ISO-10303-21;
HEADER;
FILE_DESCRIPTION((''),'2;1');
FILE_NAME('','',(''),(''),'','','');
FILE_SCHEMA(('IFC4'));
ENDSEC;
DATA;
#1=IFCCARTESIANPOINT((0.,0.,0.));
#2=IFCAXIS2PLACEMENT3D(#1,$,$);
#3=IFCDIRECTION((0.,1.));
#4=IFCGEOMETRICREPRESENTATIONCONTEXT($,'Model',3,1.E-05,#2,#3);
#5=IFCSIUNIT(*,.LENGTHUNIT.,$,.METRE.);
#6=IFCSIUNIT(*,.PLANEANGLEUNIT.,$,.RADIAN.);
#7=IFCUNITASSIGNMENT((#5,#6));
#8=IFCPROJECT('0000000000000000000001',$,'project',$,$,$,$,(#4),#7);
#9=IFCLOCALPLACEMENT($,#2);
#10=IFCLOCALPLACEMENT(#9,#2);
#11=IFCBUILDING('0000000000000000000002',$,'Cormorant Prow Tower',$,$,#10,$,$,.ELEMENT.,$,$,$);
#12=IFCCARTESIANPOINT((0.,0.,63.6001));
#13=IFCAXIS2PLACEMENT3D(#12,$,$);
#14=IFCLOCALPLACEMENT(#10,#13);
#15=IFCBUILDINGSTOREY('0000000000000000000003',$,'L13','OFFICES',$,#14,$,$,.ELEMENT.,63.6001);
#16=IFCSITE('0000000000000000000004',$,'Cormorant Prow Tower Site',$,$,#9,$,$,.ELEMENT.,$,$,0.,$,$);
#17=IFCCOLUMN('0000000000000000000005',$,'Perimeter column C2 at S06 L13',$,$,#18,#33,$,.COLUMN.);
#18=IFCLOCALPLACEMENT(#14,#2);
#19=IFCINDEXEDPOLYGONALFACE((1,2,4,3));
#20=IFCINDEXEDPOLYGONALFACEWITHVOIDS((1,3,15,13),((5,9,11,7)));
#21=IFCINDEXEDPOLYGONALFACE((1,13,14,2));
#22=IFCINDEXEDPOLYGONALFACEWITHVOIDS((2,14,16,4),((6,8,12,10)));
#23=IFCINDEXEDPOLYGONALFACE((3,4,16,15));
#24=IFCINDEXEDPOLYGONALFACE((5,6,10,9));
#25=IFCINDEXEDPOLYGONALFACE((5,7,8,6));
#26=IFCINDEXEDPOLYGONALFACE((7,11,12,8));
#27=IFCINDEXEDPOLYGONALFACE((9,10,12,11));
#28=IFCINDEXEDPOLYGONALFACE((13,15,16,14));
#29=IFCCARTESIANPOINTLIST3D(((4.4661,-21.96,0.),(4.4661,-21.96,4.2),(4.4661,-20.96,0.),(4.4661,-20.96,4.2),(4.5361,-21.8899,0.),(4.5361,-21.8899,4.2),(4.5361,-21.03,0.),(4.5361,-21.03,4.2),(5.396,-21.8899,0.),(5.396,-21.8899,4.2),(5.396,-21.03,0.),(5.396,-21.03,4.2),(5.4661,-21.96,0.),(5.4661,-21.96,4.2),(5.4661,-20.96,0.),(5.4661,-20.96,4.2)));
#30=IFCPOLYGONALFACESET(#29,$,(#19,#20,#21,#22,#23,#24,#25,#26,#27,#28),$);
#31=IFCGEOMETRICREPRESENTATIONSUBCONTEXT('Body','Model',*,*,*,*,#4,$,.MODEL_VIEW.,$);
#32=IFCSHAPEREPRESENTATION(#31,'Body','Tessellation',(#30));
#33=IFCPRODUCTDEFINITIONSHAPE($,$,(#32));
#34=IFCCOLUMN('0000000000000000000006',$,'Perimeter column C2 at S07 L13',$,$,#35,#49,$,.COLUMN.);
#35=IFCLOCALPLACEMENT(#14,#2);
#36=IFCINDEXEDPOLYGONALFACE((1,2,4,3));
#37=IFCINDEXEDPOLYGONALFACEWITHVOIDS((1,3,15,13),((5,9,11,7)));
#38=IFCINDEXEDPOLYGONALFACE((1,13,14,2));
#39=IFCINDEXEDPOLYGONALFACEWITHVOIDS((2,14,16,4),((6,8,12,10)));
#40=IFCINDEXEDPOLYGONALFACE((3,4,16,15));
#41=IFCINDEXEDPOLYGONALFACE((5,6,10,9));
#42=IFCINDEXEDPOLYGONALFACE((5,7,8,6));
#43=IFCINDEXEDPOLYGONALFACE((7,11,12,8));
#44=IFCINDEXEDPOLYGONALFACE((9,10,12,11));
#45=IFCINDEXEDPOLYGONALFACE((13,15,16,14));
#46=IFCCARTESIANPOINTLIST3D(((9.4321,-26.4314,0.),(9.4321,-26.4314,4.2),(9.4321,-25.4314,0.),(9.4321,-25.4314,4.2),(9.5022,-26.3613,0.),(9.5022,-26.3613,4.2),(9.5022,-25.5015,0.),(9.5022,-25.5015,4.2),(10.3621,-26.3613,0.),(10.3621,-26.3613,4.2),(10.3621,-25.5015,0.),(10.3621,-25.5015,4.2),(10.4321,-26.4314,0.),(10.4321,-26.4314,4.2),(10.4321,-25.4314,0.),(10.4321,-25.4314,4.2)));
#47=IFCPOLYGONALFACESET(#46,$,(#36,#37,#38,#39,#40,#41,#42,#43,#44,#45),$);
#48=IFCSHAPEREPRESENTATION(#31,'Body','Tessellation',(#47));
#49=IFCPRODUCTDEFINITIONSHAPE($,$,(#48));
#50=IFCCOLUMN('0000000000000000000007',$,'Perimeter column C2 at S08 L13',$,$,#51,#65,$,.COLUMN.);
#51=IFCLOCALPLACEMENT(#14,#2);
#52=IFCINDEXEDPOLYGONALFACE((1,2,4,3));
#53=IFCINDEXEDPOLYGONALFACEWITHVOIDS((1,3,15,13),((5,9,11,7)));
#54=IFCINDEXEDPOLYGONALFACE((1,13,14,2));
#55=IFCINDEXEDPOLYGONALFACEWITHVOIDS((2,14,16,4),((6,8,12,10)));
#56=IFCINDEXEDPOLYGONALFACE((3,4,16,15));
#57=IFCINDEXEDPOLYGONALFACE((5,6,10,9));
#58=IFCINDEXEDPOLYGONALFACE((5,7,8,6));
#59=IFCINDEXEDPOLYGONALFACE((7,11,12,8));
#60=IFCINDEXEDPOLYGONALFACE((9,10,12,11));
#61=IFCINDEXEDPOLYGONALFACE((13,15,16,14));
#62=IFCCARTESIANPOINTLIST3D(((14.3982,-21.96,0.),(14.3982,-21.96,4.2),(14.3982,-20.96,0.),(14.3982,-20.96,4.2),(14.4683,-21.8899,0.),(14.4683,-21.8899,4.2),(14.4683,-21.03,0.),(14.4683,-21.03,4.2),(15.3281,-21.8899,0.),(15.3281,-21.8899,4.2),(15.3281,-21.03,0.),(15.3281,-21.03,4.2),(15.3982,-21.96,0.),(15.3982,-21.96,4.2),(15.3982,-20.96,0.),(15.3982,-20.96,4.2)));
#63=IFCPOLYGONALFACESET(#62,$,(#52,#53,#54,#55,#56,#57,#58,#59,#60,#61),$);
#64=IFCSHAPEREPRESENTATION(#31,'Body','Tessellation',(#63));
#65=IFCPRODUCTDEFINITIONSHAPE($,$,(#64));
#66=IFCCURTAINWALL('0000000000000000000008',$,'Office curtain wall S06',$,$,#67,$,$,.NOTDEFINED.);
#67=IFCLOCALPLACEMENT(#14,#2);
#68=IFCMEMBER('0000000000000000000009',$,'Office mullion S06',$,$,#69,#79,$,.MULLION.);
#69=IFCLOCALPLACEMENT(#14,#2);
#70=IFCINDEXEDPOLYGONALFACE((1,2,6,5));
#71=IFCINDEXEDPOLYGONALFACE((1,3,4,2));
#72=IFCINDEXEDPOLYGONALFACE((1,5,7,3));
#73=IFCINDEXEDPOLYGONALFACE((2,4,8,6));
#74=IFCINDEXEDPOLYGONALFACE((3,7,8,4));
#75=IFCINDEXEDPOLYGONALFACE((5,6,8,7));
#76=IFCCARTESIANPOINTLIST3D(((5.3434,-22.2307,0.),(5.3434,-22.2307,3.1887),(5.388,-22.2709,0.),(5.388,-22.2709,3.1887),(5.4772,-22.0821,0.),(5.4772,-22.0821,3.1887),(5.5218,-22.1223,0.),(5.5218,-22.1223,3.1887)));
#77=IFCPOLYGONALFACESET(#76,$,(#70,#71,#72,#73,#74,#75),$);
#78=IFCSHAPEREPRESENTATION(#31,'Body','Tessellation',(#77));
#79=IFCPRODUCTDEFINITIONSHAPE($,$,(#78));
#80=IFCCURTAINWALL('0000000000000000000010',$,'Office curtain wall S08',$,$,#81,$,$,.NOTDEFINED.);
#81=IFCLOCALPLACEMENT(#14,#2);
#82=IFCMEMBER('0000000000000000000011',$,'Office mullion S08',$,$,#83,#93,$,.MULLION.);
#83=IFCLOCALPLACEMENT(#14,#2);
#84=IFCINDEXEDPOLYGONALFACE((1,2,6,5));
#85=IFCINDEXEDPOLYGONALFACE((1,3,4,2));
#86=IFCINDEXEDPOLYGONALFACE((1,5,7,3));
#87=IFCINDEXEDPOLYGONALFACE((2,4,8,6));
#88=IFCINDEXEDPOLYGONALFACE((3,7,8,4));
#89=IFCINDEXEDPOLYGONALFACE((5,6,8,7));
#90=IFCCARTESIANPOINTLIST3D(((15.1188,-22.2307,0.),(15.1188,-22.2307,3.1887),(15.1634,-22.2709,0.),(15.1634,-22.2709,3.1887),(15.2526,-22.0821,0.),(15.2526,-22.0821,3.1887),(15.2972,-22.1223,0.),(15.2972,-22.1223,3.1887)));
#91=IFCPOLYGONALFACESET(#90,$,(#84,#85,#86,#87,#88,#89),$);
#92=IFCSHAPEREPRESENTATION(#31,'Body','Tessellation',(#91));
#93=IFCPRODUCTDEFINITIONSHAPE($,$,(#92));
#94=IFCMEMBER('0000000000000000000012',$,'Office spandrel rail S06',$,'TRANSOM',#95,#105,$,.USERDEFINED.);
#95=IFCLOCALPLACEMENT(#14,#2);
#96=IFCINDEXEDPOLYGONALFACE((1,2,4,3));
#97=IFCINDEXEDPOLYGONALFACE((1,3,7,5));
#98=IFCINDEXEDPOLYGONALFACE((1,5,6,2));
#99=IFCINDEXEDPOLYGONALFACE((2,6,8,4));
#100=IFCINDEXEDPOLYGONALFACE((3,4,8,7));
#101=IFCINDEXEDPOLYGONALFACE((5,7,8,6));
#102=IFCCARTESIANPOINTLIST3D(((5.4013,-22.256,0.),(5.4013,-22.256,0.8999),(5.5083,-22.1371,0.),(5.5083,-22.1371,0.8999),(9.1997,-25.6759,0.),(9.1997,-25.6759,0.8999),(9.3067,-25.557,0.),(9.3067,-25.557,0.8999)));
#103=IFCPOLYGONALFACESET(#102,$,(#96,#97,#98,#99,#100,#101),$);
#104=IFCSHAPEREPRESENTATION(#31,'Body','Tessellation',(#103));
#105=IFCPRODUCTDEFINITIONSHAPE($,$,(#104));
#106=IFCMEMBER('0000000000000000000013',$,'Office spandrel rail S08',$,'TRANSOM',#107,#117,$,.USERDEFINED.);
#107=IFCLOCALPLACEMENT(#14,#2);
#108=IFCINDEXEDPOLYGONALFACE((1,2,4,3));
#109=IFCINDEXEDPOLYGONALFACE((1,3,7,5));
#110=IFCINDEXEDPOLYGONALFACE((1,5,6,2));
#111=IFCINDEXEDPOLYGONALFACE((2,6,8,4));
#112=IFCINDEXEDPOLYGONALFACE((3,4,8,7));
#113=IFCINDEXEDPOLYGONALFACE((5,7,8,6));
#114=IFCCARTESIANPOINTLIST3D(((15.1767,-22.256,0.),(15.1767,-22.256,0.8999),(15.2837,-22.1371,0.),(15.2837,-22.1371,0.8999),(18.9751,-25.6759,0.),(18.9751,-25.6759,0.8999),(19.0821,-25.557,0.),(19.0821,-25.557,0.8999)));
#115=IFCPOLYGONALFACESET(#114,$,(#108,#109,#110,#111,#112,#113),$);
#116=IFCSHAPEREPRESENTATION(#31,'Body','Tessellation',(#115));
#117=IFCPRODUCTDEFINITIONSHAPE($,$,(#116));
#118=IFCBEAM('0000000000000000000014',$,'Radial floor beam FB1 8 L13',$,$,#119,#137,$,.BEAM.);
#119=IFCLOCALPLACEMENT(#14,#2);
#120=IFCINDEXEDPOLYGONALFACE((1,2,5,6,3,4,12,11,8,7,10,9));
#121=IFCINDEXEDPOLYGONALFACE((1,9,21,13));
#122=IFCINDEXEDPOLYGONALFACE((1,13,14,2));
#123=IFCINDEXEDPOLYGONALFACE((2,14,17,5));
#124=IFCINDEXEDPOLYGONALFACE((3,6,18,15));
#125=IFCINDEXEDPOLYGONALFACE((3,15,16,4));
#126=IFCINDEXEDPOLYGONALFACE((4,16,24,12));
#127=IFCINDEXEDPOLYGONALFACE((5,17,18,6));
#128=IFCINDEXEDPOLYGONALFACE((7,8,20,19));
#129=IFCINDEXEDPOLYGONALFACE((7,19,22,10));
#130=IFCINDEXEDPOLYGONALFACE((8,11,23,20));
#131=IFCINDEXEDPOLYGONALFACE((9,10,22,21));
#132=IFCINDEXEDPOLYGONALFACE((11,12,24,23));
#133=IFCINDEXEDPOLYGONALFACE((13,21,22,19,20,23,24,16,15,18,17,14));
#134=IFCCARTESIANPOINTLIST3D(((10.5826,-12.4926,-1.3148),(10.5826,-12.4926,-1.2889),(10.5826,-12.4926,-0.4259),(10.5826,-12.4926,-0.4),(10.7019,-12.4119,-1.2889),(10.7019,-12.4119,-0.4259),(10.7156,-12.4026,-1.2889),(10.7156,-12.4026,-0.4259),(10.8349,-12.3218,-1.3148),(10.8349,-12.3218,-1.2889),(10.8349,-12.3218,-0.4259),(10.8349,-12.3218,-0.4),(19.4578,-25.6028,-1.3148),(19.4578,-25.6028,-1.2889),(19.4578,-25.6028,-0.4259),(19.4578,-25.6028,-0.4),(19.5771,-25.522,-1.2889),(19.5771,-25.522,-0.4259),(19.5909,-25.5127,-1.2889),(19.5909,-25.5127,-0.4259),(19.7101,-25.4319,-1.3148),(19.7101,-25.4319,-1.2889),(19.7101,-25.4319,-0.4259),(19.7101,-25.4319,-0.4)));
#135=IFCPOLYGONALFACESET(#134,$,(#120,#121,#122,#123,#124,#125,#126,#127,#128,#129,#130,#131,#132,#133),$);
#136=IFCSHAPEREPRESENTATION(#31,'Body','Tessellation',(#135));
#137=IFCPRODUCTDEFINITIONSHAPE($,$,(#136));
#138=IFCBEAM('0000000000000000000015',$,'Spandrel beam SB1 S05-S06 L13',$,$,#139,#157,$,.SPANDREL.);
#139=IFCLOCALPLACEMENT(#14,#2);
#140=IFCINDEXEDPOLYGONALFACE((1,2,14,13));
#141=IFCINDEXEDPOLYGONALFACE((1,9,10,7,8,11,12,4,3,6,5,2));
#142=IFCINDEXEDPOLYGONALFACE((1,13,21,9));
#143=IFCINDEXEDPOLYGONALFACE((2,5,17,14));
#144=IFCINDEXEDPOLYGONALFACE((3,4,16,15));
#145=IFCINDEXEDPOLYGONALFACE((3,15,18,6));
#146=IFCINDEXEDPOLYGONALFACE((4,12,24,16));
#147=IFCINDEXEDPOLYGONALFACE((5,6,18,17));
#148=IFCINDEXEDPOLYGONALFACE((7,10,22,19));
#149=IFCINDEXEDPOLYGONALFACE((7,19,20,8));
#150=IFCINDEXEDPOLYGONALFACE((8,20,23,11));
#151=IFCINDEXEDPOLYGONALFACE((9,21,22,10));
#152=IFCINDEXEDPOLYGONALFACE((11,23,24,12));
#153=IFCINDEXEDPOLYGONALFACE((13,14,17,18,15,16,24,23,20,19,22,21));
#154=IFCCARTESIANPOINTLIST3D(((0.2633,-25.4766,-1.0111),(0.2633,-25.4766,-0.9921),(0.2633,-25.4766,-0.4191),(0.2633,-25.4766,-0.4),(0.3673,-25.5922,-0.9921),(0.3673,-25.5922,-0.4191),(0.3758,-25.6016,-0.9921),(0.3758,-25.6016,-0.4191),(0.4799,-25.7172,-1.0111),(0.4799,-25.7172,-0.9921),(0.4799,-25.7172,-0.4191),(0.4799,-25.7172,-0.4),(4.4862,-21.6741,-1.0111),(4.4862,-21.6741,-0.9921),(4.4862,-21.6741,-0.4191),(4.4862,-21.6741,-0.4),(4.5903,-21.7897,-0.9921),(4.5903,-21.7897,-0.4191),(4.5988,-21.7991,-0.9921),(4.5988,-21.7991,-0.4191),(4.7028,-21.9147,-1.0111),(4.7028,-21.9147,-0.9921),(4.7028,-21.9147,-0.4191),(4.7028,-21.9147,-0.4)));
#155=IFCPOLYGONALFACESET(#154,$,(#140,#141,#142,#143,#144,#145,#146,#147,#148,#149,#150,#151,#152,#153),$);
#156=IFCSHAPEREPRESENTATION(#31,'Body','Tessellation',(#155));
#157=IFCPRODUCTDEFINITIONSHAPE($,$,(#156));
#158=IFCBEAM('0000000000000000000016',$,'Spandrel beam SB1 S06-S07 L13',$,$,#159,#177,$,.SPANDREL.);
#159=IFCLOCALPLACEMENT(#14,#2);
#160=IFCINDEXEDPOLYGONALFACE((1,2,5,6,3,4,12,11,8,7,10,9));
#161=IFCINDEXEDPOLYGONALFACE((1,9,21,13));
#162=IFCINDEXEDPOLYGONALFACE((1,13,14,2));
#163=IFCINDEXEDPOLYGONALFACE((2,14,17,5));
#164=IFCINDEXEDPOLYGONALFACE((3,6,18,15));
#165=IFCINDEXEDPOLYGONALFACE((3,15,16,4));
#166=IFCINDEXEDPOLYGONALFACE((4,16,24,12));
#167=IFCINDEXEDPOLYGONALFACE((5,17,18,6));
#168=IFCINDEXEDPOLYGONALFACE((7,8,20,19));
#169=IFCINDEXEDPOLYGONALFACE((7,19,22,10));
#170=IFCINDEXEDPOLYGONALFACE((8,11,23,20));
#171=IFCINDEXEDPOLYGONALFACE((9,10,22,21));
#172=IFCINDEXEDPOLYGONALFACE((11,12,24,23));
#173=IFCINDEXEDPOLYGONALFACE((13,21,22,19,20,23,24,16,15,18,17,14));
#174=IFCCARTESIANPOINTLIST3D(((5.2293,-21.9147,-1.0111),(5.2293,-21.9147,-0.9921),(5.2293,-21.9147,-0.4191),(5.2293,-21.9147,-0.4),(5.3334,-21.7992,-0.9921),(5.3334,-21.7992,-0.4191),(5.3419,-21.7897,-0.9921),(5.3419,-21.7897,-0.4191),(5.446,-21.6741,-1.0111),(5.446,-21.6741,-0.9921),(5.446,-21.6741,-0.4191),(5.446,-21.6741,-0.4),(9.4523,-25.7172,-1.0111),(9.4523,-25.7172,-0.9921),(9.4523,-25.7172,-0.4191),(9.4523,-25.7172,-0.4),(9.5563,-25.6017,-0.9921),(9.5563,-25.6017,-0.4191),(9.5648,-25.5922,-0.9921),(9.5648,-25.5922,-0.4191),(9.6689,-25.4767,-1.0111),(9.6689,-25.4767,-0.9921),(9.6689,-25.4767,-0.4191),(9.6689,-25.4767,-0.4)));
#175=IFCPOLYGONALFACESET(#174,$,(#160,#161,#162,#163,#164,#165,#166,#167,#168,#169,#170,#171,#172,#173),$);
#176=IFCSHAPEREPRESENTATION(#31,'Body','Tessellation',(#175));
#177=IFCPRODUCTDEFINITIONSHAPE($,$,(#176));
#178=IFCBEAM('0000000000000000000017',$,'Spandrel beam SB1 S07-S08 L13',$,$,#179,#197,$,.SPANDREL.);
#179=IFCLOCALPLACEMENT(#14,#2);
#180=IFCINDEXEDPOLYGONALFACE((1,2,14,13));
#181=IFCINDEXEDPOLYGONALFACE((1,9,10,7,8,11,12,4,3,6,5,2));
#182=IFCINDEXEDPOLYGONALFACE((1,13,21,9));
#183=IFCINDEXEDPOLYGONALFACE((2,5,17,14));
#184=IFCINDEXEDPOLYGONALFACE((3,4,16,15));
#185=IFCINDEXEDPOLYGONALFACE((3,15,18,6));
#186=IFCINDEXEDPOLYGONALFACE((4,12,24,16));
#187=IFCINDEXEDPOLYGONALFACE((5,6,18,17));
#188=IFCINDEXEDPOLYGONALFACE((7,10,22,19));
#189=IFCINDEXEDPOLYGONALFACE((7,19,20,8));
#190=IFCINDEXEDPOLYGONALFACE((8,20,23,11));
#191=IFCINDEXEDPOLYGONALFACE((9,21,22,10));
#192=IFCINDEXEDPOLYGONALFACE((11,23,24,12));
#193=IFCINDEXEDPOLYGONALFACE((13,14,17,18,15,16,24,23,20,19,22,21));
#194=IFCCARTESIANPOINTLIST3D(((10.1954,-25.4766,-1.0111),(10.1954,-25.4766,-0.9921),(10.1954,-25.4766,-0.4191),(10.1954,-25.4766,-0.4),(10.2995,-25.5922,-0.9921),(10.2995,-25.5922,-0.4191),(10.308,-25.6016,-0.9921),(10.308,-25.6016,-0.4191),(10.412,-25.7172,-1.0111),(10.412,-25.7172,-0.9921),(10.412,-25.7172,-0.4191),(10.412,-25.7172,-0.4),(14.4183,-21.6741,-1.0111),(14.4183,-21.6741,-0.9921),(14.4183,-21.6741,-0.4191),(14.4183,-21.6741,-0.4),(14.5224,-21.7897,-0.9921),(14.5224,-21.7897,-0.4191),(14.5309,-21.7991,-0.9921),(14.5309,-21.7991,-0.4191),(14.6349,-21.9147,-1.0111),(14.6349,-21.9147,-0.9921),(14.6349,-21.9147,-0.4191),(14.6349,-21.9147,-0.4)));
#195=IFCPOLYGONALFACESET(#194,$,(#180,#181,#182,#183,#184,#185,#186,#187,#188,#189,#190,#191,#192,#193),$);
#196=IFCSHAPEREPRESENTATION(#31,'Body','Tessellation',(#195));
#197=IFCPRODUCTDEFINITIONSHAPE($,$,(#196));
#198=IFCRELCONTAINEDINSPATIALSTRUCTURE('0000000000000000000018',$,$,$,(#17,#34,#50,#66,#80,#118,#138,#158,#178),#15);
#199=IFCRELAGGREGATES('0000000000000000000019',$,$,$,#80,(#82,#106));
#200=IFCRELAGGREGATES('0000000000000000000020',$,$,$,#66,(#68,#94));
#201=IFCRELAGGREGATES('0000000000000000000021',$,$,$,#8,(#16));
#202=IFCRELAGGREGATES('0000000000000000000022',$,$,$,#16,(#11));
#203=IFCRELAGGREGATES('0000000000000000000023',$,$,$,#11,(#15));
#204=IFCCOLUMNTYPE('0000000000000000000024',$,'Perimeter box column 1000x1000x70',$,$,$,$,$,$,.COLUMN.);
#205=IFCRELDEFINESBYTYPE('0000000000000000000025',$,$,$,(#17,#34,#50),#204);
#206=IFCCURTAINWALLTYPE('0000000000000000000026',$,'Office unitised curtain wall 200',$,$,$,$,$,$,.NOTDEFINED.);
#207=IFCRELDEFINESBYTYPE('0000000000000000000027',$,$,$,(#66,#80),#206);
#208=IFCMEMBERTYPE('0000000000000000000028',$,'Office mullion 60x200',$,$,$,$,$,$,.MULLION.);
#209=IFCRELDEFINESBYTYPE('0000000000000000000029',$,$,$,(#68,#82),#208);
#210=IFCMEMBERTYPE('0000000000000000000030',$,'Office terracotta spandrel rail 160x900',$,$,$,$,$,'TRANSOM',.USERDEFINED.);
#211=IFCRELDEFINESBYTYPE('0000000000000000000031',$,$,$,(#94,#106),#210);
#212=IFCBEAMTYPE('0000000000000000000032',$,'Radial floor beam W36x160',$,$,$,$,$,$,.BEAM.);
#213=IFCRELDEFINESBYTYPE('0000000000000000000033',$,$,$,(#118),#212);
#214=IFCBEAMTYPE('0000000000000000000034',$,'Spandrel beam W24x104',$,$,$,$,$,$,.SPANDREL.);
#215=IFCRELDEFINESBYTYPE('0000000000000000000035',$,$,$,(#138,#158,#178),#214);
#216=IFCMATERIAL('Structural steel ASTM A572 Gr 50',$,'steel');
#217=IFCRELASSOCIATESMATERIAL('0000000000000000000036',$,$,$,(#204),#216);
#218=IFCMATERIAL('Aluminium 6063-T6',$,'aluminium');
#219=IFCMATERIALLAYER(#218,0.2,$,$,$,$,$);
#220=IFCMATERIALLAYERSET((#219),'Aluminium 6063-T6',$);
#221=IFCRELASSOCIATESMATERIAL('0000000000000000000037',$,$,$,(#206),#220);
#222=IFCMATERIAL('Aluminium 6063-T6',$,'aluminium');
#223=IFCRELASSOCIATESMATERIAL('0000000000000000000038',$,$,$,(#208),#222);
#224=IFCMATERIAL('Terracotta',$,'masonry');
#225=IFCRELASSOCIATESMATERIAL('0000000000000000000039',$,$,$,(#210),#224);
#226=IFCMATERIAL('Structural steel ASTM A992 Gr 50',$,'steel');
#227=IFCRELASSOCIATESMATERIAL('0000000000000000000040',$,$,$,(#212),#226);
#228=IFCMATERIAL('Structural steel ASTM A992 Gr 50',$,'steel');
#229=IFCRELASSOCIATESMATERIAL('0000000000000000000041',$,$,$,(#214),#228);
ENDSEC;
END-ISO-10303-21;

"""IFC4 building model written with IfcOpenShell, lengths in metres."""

from ifc_helpers import new_model, si_unit, direction, frame, origin, origin_2d, place, context, subcontext, project, spatial, rectangle, hollow_rectangle, i_section, extrude, material, layer, layer_set, material_profile, profile_set, type_object, element, aggregate, save


model = new_model("IFC4")

# Units and contexts
model_context = context("Model", 3, precision=1e-05, world=origin(), true_north=direction((0.0, 1.0)))
body_context = subcontext(model_context, "Body", "Model", "MODEL_VIEW")
ifc_project = project(units=[si_unit("LENGTHUNIT", "METRE"), si_unit("PLANEANGLEUNIT", "RADIAN")], contexts=[model_context])

# Site, building, storey
site_placement = place(None, origin())
site = spatial("IfcSite", under=ifc_project, at=site_placement, Name="Cormorant Prow Tower Site", CompositionType="ELEMENT", RefElevation=0.0)
building_placement = place(site_placement, origin())
building = spatial("IfcBuilding", under=site, at=building_placement, Name="Cormorant Prow Tower", CompositionType="ELEMENT")
storey_placement = place(building_placement, frame((0.0, 0.0, 63.6001)))
storey = spatial("IfcBuildingStorey", under=building, at=storey_placement, Name="L13", Description="OFFICES", CompositionType="ELEMENT", Elevation=63.6001)

# Columns
ifc_material_1 = material(Name="Structural steel ASTM A572 Gr 50", Category="steel")
ifc_material_profile_1 = material_profile(ifc_material_1, hollow_rectangle(XDim=1.0, YDim=1.0, WallThickness=0.0701, at=origin_2d()), Name="Box 1000x1000x70")
ifc_profile_set_1 = profile_set([ifc_material_profile_1], Name="Structural steel ASTM A572 Gr 50")
column_type = type_object("IfcColumnType", Name="Perimeter box column 1000x1000x70", PredefinedType="COLUMN", material=ifc_profile_set_1)
for number, where, z_axis, x_axis, name in (
    (1, (4.9661, -21.46, 0.0), (0.0, 0.0, 1.0), (1.0, 0.0, 0.0), "Perimeter column C2 at S06 L13"),
    (2, (9.9321, -25.9314, 0.0), (0.0, 0.0, 1.0), (1.0, 0.0, 0.0), "Perimeter column C2 at S07 L13"),
    (3, (14.8982, -21.46, 0.0), (0.0, 0.0, 1.0), (1.0, 0.0, 0.0), "Perimeter column C2 at S08 L13"),
):
    element("IfcColumn", number, at=place(storey_placement, frame(where, z_axis=z_axis, x_axis=x_axis)), inside=storey, type_object=column_type, Name=name, PredefinedType="COLUMN", context=body_context, shape_type="SweptSolid", body=[
        extrude(hollow_rectangle(XDim=1.0, YDim=1.0, WallThickness=0.0701, at=origin_2d()), origin(), (0.0, 0.0, 1.0), 4.2),
    ])

# Curtain walls, members
ifc_material_2 = material(Name="Aluminium 6063-T6", Category="aluminium")
ifc_layer_1 = layer(ifc_material_2, 0.2)
ifc_layer_set_1 = layer_set([ifc_layer_1], Name="Aluminium 6063-T6")
curtain_wall_type = type_object("IfcCurtainWallType", Name="Office unitised curtain wall 200", PredefinedType="NOTDEFINED", material=ifc_layer_set_1)
curtain_wall_1_placement = place(storey_placement, origin())
curtain_wall_1 = element("IfcCurtainWall", 4, at=curtain_wall_1_placement, inside=storey, type_object=curtain_wall_type, Name="Office curtain wall S06", PredefinedType="NOTDEFINED")
ifc_material_3 = material(Name="Aluminium 6063-T6", Category="aluminium")
ifc_material_profile_2 = material_profile(ifc_material_3, rectangle(XDim=0.2, YDim=0.0601, at=origin_2d()), Name="Office mullion 60x200")
ifc_profile_set_2 = profile_set([ifc_material_profile_2], Name="Aluminium 6063-T6")
member_type_1 = type_object("IfcMemberType", Name="Office mullion 60x200", PredefinedType="MULLION", material=ifc_profile_set_2)
member_1_placement = place(storey_placement, frame((5.4326, -22.1765, 0.0), z_axis=(0.0, 0.0, 1.0), x_axis=(0.669131, 0.743145, 0.0)))
member_1 = element("IfcMember", 5, at=member_1_placement, type_object=member_type_1, Name="Office mullion S06", PredefinedType="MULLION", context=body_context, shape_type="SweptSolid", body=[
    extrude(rectangle(XDim=0.2, YDim=0.0601, at=origin_2d()), origin(), (0.0, 0.0, 1.0), 3.1887),
])
curtain_wall_2_placement = place(storey_placement, origin())
curtain_wall_2 = element("IfcCurtainWall", 6, at=curtain_wall_2_placement, inside=storey, type_object=curtain_wall_type, Name="Office curtain wall S08", PredefinedType="NOTDEFINED")
member_2_placement = place(storey_placement, frame((15.208, -22.1765, 0.0), z_axis=(0.0, 0.0, 1.0), x_axis=(0.669131, 0.743145, 0.0)))
member_2 = element("IfcMember", 7, at=member_2_placement, type_object=member_type_1, Name="Office mullion S08", PredefinedType="MULLION", context=body_context, shape_type="SweptSolid", body=[
    extrude(rectangle(XDim=0.2, YDim=0.0601, at=origin_2d()), origin(), (0.0, 0.0, 1.0), 3.1887),
])

# Members
ifc_material_4 = material(Name="Terracotta", Category="masonry")
ifc_material_profile_3 = material_profile(ifc_material_4, rectangle(XDim=0.1599, YDim=0.8999, at=origin_2d()), Name="Office terracotta spandrel rail 160x900")
ifc_profile_set_3 = profile_set([ifc_material_profile_3], Name="Terracotta")
member_type_2 = type_object("IfcMemberType", Name="Office terracotta spandrel rail 160x900", ElementType="TRANSOM", PredefinedType="USERDEFINED", material=ifc_profile_set_3)
member_3_placement = place(storey_placement, frame((5.4548, -22.1965, 0.45), z_axis=(0.743156, -0.669118, 0.0), x_axis=(0.669118, 0.743156, 0.0)))
member_3 = element("IfcMember", 8, at=member_3_placement, type_object=member_type_2, Name="Office spandrel rail S06", ObjectType="TRANSOM", PredefinedType="USERDEFINED", context=body_context, shape_type="SweptSolid", body=[
    extrude(rectangle(XDim=0.1599, YDim=0.8999, at=origin_2d()), origin(), (0.0, 0.0, 1.0), 5.1111),
])
member_4_placement = place(storey_placement, frame((15.2302, -22.1965, 0.45), z_axis=(0.743156, -0.669118, 0.0), x_axis=(0.669118, 0.743156, 0.0)))
member_4 = element("IfcMember", 9, at=member_4_placement, type_object=member_type_2, Name="Office spandrel rail S08", ObjectType="TRANSOM", PredefinedType="USERDEFINED", context=body_context, shape_type="SweptSolid", body=[
    extrude(rectangle(XDim=0.1599, YDim=0.8999, at=origin_2d()), origin(), (0.0, 0.0, 1.0), 5.1111),
])
aggregate(curtain_wall_2, [member_2, member_4])

# Beams
ifc_material_5 = material(Name="Structural steel ASTM A992 Gr 50", Category="steel")
ifc_material_profile_4 = material_profile(ifc_material_5, i_section(OverallWidth=0.3047, OverallDepth=0.9148, WebThickness=0.0166, FlangeThickness=0.0259, at=origin_2d()), Name="W36x160")
ifc_profile_set_4 = profile_set([ifc_material_profile_4], Name="Structural steel ASTM A992 Gr 50")
beam_type_1 = type_object("IfcBeamType", Name="Radial floor beam W36x160", PredefinedType="BEAM", material=ifc_profile_set_4)
beam_placement = place(storey_placement, frame((10.7087, -12.4072, -0.8574), z_axis=(0.560597, -0.828089, 0.0), x_axis=(0.828089, 0.560597, 0.0)))
element("IfcBeam", 10, at=beam_placement, inside=storey, type_object=beam_type_1, Name="Radial floor beam FB1 8 L13", PredefinedType="BEAM", context=body_context, shape_type="SweptSolid", body=[
    extrude(i_section(OverallWidth=0.3047, OverallDepth=0.9148, WebThickness=0.0166, FlangeThickness=0.0259, at=origin_2d()), origin(), (0.0, 0.0, 1.0), 15.8318),
])
ifc_material_6 = material(Name="Structural steel ASTM A992 Gr 50", Category="steel")
ifc_material_profile_5 = material_profile(ifc_material_6, i_section(OverallWidth=0.3237, OverallDepth=0.6111, WebThickness=0.0127, FlangeThickness=0.019, at=origin_2d()), Name="W24x104")
ifc_profile_set_5 = profile_set([ifc_material_profile_5], Name="Structural steel ASTM A992 Gr 50")
beam_type_2 = type_object("IfcBeamType", Name="Spandrel beam W24x104", PredefinedType="SPANDREL", material=ifc_profile_set_5)
for number, where, z_axis, x_axis, name in (
    (11, (0.3716, -25.5969, -0.7056), (0.74313, 0.669147, 0.0), (-0.669147, 0.74313, 0.0), "Spandrel beam SB1 S05-S06 L13"),
    (12, (5.3376, -21.7944, -0.7056), (0.74313, -0.669147, 0.0), (0.669147, 0.74313, 0.0), "Spandrel beam SB1 S06-S07 L13"),
    (13, (10.3037, -25.5969, -0.7056), (0.74313, 0.669147, 0.0), (-0.669147, 0.74313, 0.0), "Spandrel beam SB1 S07-S08 L13"),
):
    element("IfcBeam", number, at=place(storey_placement, frame(where, z_axis=z_axis, x_axis=x_axis)), inside=storey, type_object=beam_type_2, Name=name, PredefinedType="SPANDREL", context=body_context, shape_type="SweptSolid", body=[
        extrude(i_section(OverallWidth=0.3237, OverallDepth=0.6111, WebThickness=0.0127, FlangeThickness=0.019, at=origin_2d()), origin(), (0.0, 0.0, 1.0), 5.6826),
    ])

aggregate(curtain_wall_1, [member_1, member_3])

save(model, "model.ifc")
